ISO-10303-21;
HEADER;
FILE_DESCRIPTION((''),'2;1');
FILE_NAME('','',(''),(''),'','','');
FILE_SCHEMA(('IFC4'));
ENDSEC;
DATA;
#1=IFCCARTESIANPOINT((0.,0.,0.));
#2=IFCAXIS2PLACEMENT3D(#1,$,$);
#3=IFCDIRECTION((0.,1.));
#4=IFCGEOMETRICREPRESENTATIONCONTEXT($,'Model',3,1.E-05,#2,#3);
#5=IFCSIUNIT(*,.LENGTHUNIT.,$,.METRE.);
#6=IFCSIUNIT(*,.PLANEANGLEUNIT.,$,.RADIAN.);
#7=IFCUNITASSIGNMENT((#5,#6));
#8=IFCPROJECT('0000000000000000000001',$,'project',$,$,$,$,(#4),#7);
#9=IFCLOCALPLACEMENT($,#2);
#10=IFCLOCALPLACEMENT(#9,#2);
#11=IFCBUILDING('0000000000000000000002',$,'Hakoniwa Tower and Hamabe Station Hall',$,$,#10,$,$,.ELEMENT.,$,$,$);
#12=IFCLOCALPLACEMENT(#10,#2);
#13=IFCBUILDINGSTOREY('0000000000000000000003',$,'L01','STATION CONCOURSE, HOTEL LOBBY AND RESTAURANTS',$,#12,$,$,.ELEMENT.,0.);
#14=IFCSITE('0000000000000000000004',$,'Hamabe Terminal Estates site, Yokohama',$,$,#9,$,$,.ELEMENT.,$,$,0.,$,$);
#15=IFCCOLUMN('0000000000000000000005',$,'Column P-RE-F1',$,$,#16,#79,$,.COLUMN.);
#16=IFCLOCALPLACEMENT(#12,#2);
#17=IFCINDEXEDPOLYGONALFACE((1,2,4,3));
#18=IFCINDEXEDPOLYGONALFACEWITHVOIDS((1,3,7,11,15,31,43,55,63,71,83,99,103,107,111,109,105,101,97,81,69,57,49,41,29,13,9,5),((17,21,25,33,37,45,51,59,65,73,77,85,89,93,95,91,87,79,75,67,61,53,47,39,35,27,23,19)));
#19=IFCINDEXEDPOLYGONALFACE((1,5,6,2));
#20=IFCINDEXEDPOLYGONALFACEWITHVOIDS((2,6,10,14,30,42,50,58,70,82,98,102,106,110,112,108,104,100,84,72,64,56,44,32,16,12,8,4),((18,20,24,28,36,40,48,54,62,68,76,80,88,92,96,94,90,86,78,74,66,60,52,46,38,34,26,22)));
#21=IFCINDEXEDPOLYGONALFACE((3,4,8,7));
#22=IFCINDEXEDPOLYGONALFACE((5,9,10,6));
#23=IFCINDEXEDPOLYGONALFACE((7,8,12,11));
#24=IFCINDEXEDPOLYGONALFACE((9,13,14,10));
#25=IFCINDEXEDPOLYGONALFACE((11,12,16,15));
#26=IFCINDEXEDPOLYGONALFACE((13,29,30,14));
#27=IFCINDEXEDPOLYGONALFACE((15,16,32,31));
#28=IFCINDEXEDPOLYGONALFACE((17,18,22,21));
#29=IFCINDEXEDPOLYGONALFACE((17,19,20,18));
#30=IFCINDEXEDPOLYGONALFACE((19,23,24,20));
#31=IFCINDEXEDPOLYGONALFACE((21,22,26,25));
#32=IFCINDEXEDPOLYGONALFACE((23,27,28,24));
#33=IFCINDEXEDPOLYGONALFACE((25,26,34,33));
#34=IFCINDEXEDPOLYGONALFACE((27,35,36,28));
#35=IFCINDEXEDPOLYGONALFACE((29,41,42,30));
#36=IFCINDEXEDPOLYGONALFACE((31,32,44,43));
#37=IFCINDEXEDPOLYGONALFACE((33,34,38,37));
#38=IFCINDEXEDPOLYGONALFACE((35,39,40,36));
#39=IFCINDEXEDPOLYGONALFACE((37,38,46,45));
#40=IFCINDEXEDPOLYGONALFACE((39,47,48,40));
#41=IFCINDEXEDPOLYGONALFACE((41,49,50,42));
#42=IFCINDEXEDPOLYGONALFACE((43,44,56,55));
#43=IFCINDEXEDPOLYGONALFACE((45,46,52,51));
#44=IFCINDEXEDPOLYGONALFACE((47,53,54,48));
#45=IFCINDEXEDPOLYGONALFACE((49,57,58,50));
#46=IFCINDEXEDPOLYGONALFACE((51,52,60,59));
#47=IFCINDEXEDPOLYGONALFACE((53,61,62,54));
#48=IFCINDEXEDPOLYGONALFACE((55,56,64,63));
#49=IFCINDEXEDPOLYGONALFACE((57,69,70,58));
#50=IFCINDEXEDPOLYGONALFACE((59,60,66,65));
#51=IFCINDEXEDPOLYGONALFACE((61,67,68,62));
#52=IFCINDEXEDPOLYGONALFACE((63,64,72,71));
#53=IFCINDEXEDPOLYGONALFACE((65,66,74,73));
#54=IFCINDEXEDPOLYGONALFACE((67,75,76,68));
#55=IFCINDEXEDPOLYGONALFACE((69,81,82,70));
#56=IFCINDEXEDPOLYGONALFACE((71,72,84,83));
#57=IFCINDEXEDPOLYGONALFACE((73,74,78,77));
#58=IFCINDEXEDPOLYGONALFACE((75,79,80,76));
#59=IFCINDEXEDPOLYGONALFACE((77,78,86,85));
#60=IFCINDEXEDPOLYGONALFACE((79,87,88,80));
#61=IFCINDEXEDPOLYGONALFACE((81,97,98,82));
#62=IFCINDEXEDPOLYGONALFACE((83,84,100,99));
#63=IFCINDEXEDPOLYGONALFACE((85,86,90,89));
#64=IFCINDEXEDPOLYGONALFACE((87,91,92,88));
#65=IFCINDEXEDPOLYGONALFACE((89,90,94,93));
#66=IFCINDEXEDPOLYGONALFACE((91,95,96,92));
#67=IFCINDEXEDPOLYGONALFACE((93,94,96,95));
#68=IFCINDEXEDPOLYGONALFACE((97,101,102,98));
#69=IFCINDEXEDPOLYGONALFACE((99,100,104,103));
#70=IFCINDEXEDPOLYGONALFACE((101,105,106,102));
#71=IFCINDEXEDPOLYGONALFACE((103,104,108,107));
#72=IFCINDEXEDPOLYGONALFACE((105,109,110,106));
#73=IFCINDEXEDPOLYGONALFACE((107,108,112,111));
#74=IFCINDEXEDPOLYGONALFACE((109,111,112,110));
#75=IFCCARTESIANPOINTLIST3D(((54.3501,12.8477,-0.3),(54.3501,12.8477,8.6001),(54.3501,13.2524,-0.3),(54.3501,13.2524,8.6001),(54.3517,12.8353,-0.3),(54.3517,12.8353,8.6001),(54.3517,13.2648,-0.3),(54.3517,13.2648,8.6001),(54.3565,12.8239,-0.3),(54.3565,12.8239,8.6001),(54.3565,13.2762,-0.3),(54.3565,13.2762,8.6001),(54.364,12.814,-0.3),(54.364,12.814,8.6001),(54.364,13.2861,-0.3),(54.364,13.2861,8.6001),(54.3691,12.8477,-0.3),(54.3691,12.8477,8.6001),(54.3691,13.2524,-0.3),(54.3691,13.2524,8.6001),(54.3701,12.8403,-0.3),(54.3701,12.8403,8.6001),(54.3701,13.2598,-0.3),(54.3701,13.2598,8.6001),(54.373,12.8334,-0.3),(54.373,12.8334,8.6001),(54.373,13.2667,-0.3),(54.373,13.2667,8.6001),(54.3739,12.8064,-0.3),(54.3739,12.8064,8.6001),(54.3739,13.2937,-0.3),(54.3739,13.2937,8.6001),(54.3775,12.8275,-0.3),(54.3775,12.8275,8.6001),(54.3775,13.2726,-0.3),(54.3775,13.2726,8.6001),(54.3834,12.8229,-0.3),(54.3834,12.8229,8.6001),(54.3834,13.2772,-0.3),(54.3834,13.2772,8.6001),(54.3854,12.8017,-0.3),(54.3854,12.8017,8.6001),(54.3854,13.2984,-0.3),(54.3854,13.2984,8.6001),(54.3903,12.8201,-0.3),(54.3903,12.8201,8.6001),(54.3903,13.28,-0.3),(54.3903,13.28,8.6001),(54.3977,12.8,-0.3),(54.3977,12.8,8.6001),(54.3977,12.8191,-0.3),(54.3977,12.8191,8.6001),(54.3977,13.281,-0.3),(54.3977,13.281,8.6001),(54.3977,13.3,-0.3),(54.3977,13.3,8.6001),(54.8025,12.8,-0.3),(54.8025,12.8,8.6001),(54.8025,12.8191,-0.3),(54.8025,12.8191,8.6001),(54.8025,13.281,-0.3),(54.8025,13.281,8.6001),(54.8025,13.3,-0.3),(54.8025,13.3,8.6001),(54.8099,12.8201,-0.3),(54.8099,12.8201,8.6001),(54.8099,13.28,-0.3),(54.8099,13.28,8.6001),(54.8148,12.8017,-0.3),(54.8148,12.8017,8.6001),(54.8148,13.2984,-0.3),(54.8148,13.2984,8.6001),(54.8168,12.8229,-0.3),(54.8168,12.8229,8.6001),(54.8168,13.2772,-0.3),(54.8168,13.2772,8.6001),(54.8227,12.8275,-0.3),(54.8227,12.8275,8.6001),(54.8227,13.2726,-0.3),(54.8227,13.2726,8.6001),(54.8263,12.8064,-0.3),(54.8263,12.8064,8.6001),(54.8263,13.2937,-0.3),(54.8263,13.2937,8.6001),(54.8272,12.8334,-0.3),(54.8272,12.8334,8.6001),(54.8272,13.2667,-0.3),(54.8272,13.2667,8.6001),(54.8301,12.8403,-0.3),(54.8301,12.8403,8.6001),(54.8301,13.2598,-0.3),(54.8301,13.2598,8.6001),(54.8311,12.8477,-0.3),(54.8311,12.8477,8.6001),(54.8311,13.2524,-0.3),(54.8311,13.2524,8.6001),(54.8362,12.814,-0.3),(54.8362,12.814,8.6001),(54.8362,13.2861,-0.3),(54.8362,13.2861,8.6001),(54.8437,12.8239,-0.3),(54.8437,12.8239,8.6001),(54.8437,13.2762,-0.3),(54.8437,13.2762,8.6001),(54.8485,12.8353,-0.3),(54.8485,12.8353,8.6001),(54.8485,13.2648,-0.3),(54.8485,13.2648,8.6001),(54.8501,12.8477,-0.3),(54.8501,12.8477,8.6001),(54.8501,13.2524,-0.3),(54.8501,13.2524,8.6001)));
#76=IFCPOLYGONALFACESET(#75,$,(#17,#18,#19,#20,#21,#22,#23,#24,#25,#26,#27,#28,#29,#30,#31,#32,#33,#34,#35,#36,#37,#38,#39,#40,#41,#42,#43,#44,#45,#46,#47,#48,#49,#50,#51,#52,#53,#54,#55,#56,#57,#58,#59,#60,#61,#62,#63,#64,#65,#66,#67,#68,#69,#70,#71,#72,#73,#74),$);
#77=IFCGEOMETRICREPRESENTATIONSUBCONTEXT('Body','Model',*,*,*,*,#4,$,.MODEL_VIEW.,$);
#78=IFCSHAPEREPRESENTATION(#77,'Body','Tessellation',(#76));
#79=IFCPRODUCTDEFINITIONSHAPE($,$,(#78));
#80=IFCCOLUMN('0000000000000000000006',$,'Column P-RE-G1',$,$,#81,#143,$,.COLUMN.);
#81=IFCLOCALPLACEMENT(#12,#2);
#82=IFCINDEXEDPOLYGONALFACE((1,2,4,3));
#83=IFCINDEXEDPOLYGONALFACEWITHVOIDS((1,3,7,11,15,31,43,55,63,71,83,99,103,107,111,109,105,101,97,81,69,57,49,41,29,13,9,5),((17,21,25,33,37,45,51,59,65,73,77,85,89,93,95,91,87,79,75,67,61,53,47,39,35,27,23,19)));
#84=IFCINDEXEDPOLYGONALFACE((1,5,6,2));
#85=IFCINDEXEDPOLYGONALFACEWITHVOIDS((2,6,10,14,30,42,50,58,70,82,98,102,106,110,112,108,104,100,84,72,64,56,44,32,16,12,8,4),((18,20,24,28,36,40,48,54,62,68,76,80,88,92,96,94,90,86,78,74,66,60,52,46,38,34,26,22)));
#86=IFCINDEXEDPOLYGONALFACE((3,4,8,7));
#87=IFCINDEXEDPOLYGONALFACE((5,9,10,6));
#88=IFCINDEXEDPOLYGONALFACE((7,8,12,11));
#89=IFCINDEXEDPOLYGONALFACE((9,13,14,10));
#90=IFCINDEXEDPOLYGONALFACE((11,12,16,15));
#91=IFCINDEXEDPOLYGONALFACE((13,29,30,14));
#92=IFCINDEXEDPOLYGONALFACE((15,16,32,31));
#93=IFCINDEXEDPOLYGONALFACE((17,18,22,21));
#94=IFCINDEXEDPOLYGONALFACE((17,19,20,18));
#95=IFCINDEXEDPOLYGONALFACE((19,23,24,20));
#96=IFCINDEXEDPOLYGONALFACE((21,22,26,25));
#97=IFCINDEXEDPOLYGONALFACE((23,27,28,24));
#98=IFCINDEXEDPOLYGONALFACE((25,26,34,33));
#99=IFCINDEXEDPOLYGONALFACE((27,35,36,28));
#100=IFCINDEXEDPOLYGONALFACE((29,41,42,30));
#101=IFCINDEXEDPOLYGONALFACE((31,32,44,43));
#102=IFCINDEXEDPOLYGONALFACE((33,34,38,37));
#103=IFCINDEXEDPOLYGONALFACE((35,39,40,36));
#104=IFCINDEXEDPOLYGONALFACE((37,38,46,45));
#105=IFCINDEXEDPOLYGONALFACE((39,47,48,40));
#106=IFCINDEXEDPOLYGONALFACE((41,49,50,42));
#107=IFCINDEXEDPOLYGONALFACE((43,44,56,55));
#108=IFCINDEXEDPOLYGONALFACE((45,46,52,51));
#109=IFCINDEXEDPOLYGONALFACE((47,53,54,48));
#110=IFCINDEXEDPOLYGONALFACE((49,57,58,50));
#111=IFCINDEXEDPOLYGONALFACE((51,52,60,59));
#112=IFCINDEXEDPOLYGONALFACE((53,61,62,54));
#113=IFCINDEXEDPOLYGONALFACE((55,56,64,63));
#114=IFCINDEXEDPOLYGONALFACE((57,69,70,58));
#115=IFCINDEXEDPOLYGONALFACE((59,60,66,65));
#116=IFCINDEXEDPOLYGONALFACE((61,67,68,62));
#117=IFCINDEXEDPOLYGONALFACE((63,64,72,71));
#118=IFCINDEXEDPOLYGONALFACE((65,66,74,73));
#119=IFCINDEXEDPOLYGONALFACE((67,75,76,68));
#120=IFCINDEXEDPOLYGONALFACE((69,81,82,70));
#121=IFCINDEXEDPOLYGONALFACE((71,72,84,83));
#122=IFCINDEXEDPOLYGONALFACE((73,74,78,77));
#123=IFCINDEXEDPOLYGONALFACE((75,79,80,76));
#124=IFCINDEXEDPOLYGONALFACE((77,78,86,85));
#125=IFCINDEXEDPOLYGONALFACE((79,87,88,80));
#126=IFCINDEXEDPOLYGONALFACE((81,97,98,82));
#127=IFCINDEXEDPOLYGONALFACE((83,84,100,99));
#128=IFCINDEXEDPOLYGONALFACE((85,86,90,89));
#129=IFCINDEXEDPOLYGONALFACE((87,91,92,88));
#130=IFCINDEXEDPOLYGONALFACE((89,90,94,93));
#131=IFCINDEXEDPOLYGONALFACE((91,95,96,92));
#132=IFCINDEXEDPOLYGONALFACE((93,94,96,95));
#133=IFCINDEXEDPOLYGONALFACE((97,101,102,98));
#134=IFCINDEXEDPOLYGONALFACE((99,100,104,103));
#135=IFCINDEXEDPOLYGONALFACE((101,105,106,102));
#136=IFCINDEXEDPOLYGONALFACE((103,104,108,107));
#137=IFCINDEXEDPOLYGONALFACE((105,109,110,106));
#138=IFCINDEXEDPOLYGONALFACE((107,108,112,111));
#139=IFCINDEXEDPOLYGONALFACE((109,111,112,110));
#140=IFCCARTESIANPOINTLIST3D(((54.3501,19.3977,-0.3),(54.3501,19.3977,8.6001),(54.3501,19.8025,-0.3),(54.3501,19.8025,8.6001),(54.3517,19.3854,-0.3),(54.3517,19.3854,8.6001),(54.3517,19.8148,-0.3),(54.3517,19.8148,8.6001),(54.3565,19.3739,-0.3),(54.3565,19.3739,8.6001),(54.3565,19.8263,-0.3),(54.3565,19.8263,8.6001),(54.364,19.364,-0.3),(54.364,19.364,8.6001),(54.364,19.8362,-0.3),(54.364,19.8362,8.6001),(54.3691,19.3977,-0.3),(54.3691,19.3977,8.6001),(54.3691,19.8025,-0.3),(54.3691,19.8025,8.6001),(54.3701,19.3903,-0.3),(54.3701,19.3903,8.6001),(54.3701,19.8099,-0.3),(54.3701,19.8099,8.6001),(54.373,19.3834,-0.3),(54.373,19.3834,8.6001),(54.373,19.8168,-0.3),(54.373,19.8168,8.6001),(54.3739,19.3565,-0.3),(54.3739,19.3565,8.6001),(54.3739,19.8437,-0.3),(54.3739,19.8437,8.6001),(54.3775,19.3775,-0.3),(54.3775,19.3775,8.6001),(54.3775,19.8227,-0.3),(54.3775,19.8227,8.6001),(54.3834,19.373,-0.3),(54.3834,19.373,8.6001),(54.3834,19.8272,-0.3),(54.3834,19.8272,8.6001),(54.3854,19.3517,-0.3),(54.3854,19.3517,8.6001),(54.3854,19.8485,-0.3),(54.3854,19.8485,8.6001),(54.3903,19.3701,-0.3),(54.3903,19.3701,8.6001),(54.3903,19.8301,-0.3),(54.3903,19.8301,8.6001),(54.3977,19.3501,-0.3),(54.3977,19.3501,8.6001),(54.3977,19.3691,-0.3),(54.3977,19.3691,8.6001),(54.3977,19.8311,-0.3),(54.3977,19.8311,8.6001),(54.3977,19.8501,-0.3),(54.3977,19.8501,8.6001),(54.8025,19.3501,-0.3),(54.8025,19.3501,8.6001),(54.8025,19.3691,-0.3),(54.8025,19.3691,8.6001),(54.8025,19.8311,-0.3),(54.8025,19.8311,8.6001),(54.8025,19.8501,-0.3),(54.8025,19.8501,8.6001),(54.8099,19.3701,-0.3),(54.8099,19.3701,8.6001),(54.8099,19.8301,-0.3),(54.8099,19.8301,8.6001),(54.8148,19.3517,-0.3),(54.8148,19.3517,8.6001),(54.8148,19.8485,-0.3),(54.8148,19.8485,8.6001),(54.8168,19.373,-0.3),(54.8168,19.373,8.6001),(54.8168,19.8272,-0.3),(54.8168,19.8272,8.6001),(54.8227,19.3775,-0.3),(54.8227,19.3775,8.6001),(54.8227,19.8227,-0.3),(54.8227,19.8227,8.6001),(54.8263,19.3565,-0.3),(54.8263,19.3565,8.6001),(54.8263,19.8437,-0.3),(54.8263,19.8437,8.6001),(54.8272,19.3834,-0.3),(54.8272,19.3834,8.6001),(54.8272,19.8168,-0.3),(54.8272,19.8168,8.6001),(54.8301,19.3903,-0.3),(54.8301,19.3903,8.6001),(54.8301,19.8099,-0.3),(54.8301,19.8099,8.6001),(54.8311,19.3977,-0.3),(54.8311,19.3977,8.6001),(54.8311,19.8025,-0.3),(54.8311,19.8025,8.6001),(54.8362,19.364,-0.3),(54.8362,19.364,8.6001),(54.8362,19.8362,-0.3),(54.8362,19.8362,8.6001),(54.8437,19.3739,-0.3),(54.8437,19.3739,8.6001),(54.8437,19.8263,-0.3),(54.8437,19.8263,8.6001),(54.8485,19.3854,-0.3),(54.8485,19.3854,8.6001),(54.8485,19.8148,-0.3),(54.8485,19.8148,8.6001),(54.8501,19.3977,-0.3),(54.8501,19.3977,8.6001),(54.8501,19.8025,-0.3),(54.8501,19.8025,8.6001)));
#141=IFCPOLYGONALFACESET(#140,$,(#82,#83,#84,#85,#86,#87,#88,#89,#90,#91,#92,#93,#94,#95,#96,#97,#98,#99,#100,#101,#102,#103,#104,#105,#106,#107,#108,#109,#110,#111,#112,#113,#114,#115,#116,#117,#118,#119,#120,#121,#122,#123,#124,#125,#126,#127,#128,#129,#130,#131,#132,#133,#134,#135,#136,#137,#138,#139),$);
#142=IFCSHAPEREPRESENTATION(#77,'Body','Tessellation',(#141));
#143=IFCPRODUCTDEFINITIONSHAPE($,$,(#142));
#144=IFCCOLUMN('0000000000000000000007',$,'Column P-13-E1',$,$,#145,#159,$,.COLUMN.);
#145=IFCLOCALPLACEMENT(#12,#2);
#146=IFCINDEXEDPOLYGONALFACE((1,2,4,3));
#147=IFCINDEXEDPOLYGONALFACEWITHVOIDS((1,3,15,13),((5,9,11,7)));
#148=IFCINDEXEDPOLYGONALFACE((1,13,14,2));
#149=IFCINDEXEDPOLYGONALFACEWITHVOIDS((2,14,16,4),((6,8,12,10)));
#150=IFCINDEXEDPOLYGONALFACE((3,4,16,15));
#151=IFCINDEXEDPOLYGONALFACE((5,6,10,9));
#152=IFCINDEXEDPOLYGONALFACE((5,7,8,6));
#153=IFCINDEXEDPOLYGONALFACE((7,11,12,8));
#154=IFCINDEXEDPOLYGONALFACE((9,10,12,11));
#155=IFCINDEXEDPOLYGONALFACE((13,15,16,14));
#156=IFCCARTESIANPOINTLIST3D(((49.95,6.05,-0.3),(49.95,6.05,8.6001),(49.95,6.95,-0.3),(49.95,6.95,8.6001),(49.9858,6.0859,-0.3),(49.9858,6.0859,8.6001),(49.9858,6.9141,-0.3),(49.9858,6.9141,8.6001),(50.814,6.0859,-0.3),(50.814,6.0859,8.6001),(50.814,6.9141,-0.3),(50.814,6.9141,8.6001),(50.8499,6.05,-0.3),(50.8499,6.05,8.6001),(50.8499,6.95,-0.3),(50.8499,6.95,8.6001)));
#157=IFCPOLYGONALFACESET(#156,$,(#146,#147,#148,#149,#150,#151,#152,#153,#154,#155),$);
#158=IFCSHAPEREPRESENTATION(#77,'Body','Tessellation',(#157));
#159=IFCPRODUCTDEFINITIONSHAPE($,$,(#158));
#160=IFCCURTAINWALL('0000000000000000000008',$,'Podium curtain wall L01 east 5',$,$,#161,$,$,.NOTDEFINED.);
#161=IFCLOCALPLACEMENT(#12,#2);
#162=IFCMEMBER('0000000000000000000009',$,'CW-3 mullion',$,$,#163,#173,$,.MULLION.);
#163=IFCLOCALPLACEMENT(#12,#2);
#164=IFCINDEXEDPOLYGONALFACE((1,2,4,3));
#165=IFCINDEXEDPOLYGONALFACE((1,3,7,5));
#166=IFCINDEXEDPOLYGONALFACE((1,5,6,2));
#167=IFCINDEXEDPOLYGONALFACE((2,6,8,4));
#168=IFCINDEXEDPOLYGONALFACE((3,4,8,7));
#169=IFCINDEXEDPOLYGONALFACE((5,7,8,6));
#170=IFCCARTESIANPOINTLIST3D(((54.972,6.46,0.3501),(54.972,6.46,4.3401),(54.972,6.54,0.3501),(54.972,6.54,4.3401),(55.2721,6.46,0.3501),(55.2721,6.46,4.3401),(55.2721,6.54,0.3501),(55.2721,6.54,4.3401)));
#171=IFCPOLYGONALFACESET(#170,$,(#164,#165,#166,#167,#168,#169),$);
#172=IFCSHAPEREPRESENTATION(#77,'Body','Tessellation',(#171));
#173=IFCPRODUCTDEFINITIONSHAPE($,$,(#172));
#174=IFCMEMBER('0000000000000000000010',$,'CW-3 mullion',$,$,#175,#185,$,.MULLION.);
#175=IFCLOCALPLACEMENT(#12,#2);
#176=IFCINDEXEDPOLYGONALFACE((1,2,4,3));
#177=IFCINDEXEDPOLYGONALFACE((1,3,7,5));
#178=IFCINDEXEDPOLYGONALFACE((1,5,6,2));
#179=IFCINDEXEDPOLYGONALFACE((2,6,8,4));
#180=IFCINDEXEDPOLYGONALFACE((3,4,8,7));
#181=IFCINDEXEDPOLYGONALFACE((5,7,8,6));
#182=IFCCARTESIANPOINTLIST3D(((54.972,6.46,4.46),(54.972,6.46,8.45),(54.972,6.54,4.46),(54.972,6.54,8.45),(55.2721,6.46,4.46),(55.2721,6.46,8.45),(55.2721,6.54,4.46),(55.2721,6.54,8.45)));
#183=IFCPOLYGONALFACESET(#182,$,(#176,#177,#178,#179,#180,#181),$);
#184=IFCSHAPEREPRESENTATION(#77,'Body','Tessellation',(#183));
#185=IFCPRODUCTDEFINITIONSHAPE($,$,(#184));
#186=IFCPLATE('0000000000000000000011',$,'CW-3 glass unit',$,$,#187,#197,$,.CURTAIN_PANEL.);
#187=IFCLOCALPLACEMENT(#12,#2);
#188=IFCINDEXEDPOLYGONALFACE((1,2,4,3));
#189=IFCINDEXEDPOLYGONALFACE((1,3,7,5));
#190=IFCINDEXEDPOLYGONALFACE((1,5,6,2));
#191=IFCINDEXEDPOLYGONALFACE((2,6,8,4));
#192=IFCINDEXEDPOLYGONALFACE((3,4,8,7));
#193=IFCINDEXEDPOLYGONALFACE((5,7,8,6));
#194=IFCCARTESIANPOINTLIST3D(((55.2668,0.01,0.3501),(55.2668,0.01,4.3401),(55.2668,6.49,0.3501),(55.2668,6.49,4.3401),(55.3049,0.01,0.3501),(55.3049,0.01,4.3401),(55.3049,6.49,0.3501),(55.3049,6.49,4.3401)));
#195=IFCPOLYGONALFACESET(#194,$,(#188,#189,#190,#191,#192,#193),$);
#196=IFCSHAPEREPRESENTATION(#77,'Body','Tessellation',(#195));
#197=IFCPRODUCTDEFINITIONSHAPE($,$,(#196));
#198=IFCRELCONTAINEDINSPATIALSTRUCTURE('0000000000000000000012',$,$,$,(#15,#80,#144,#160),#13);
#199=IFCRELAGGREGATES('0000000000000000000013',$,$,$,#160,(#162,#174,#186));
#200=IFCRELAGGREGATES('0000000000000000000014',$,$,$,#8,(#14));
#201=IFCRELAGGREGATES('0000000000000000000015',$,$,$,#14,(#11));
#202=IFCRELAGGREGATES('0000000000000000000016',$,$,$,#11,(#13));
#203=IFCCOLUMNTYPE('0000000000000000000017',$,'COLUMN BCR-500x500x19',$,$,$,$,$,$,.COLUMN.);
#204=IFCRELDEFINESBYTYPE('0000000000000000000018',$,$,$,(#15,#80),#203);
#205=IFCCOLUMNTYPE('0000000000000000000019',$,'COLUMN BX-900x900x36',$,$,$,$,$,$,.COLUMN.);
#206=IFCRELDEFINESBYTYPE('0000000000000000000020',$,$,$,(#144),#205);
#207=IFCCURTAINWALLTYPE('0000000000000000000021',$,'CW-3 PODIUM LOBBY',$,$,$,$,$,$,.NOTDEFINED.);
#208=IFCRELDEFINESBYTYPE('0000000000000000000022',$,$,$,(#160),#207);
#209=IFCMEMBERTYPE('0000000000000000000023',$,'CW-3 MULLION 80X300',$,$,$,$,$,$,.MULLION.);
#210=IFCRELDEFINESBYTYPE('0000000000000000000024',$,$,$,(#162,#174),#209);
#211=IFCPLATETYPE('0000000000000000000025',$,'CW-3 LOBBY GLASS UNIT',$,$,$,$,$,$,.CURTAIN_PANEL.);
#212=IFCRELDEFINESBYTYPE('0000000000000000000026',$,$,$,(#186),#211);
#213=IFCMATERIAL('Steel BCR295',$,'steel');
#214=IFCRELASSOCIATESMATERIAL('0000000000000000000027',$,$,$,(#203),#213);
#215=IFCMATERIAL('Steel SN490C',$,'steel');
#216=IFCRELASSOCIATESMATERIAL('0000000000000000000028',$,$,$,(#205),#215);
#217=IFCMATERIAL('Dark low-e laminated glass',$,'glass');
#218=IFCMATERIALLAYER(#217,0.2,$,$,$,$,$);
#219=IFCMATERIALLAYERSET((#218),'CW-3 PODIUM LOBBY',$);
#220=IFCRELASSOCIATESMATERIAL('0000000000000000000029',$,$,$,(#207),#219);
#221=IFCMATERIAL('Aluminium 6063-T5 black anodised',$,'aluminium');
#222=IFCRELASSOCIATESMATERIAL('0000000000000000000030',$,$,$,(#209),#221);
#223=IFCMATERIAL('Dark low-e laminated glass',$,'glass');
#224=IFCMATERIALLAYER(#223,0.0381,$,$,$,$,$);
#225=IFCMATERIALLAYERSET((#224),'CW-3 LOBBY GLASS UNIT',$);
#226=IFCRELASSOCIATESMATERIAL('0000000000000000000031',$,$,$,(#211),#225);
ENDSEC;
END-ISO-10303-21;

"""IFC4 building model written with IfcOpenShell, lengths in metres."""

from ifc_helpers import new_model, si_unit, direction, frame, origin, origin_2d, place, context, subcontext, project, spatial, rectangle, hollow_rectangle, extrude, material, layer, layer_set, material_profile, profile_set, type_object, element, aggregate, save


model = new_model("IFC4")

# Units and contexts
model_context = context("Model", 3, precision=1e-05, world=origin(), true_north=direction((0.0, 1.0)))
body_context = subcontext(model_context, "Body", "Model", "MODEL_VIEW")
ifc_project = project(units=[si_unit("LENGTHUNIT", "METRE"), si_unit("PLANEANGLEUNIT", "RADIAN")], contexts=[model_context])

# Site, building, storey
site_placement = place(None, origin())
site = spatial("IfcSite", under=ifc_project, at=site_placement, Name="Hamabe Terminal Estates site, Yokohama", CompositionType="ELEMENT", RefElevation=0.0)
building_placement = place(site_placement, origin())
building = spatial("IfcBuilding", under=site, at=building_placement, Name="Hakoniwa Tower and Hamabe Station Hall", CompositionType="ELEMENT")
storey_placement = place(building_placement, origin())
storey = spatial("IfcBuildingStorey", under=building, at=storey_placement, Name="L01", Description="STATION CONCOURSE, HOTEL LOBBY AND RESTAURANTS", CompositionType="ELEMENT", Elevation=0.0)

# Columns
ifc_material_1 = material(Name="Steel BCR295", Category="steel")
ifc_material_profile_1 = material_profile(ifc_material_1, hollow_rectangle(XDim=0.5, YDim=0.5, WallThickness=0.019, InnerFilletRadius=0.0286, OuterFilletRadius=0.0476, at=origin_2d()), Name="BCR-500x500x19")
ifc_profile_set_1 = profile_set([ifc_material_profile_1], Name="Steel BCR295")
column_type_1 = type_object("IfcColumnType", Name="COLUMN BCR-500x500x19", PredefinedType="COLUMN", material=ifc_profile_set_1)
for number, where, z_axis, x_axis, name in (
    (1, (54.6001, 13.05, -0.3), (0.0, 0.0, 1.0), (1.0, 0.0, 0.0), "Column P-RE-F1"),
    (2, (54.6001, 19.6001, -0.3), (0.0, 0.0, 1.0), (1.0, 0.0, 0.0), "Column P-RE-G1"),
):
    element("IfcColumn", number, at=place(storey_placement, frame(where, z_axis=z_axis, x_axis=x_axis)), inside=storey, type_object=column_type_1, Name=name, PredefinedType="COLUMN", context=body_context, shape_type="SweptSolid", body=[
        extrude(hollow_rectangle(XDim=0.5, YDim=0.5, WallThickness=0.019, InnerFilletRadius=0.0286, OuterFilletRadius=0.0476, at=origin_2d()), origin(), (0.0, 0.0, 1.0), 8.9001),
    ])
ifc_material_2 = material(Name="Steel SN490C", Category="steel")
ifc_material_profile_2 = material_profile(ifc_material_2, hollow_rectangle(XDim=0.8999, YDim=0.8999, WallThickness=0.0359, at=origin_2d()), Name="BX-900x900x36")
ifc_profile_set_2 = profile_set([ifc_material_profile_2], Name="Steel SN490C")
column_type_2 = type_object("IfcColumnType", Name="COLUMN BX-900x900x36", PredefinedType="COLUMN", material=ifc_profile_set_2)
column_placement = place(storey_placement, frame((50.3999, 6.5, -0.3), z_axis=(0.0, 0.0, 1.0), x_axis=(1.0, 0.0, 0.0)))
element("IfcColumn", 3, at=column_placement, inside=storey, type_object=column_type_2, Name="Column P-13-E1", PredefinedType="COLUMN", context=body_context, shape_type="SweptSolid", body=[
    extrude(hollow_rectangle(XDim=0.8999, YDim=0.8999, WallThickness=0.0359, at=origin_2d()), origin(), (0.0, 0.0, 1.0), 8.9001),
])

# Curtain wall, members, plate
ifc_material_3 = material(Name="Dark low-e laminated glass", Category="glass")
ifc_layer_1 = layer(ifc_material_3, 0.2)
ifc_layer_set_1 = layer_set([ifc_layer_1], Name="CW-3 PODIUM LOBBY")
curtain_wall_type = type_object("IfcCurtainWallType", Name="CW-3 PODIUM LOBBY", PredefinedType="NOTDEFINED", material=ifc_layer_set_1)
curtain_wall_placement = place(storey_placement, origin())
curtain_wall = element("IfcCurtainWall", 4, at=curtain_wall_placement, inside=storey, type_object=curtain_wall_type, Name="Podium curtain wall L01 east 5", PredefinedType="NOTDEFINED")
ifc_material_4 = material(Name="Aluminium 6063-T5 black anodised", Category="aluminium")
ifc_material_profile_3 = material_profile(ifc_material_4, rectangle(XDim=0.0801, YDim=0.3, at=origin_2d()), Name="CW-3 MULLION 80X300")
ifc_profile_set_3 = profile_set([ifc_material_profile_3], Name="Aluminium 6063-T5 black anodised")
member_type = type_object("IfcMemberType", Name="CW-3 MULLION 80X300", PredefinedType="MULLION", material=ifc_profile_set_3)
member_1_placement = place(storey_placement, frame((55.1221, 6.5, 0.3501), z_axis=(0.0, 0.0, 1.0), x_axis=(0.0, 1.0, 0.0)))
member_1 = element("IfcMember", 5, at=member_1_placement, type_object=member_type, Name="CW-3 mullion", PredefinedType="MULLION", context=body_context, shape_type="SweptSolid", body=[
    extrude(rectangle(XDim=0.0801, YDim=0.3, at=origin_2d()), origin(), (0.0, 0.0, 1.0), 3.99),
])
member_2_placement = place(storey_placement, frame((55.1221, 6.5, 4.46), z_axis=(0.0, 0.0, 1.0), x_axis=(0.0, 1.0, 0.0)))
member_2 = element("IfcMember", 6, at=member_2_placement, type_object=member_type, Name="CW-3 mullion", PredefinedType="MULLION", context=body_context, shape_type="SweptSolid", body=[
    extrude(rectangle(XDim=0.0801, YDim=0.3, at=origin_2d()), origin(), (0.0, 0.0, 1.0), 3.99),
])
ifc_material_5 = material(Name="Dark low-e laminated glass", Category="glass")
ifc_layer_2 = layer(ifc_material_5, 0.0381)
ifc_layer_set_2 = layer_set([ifc_layer_2], Name="CW-3 LOBBY GLASS UNIT")
plate_type = type_object("IfcPlateType", Name="CW-3 LOBBY GLASS UNIT", PredefinedType="CURTAIN_PANEL", material=ifc_layer_set_2)
plate_1_placement = place(storey_placement, frame((55.2859, 3.25, 0.3501), z_axis=(0.0, 0.0, 1.0), x_axis=(0.0, 1.0, 0.0)))
plate_1 = element("IfcPlate", 7, at=plate_1_placement, type_object=plate_type, Name="CW-3 glass unit", PredefinedType="CURTAIN_PANEL", context=body_context, shape_type="SweptSolid", body=[
    extrude(rectangle(XDim=6.48, YDim=0.0381, at=origin_2d()), origin(), (0.0, 0.0, 1.0), 3.99),
])
aggregate(curtain_wall, [member_1, member_2, plate_1])

save(model, "model.ifc")
